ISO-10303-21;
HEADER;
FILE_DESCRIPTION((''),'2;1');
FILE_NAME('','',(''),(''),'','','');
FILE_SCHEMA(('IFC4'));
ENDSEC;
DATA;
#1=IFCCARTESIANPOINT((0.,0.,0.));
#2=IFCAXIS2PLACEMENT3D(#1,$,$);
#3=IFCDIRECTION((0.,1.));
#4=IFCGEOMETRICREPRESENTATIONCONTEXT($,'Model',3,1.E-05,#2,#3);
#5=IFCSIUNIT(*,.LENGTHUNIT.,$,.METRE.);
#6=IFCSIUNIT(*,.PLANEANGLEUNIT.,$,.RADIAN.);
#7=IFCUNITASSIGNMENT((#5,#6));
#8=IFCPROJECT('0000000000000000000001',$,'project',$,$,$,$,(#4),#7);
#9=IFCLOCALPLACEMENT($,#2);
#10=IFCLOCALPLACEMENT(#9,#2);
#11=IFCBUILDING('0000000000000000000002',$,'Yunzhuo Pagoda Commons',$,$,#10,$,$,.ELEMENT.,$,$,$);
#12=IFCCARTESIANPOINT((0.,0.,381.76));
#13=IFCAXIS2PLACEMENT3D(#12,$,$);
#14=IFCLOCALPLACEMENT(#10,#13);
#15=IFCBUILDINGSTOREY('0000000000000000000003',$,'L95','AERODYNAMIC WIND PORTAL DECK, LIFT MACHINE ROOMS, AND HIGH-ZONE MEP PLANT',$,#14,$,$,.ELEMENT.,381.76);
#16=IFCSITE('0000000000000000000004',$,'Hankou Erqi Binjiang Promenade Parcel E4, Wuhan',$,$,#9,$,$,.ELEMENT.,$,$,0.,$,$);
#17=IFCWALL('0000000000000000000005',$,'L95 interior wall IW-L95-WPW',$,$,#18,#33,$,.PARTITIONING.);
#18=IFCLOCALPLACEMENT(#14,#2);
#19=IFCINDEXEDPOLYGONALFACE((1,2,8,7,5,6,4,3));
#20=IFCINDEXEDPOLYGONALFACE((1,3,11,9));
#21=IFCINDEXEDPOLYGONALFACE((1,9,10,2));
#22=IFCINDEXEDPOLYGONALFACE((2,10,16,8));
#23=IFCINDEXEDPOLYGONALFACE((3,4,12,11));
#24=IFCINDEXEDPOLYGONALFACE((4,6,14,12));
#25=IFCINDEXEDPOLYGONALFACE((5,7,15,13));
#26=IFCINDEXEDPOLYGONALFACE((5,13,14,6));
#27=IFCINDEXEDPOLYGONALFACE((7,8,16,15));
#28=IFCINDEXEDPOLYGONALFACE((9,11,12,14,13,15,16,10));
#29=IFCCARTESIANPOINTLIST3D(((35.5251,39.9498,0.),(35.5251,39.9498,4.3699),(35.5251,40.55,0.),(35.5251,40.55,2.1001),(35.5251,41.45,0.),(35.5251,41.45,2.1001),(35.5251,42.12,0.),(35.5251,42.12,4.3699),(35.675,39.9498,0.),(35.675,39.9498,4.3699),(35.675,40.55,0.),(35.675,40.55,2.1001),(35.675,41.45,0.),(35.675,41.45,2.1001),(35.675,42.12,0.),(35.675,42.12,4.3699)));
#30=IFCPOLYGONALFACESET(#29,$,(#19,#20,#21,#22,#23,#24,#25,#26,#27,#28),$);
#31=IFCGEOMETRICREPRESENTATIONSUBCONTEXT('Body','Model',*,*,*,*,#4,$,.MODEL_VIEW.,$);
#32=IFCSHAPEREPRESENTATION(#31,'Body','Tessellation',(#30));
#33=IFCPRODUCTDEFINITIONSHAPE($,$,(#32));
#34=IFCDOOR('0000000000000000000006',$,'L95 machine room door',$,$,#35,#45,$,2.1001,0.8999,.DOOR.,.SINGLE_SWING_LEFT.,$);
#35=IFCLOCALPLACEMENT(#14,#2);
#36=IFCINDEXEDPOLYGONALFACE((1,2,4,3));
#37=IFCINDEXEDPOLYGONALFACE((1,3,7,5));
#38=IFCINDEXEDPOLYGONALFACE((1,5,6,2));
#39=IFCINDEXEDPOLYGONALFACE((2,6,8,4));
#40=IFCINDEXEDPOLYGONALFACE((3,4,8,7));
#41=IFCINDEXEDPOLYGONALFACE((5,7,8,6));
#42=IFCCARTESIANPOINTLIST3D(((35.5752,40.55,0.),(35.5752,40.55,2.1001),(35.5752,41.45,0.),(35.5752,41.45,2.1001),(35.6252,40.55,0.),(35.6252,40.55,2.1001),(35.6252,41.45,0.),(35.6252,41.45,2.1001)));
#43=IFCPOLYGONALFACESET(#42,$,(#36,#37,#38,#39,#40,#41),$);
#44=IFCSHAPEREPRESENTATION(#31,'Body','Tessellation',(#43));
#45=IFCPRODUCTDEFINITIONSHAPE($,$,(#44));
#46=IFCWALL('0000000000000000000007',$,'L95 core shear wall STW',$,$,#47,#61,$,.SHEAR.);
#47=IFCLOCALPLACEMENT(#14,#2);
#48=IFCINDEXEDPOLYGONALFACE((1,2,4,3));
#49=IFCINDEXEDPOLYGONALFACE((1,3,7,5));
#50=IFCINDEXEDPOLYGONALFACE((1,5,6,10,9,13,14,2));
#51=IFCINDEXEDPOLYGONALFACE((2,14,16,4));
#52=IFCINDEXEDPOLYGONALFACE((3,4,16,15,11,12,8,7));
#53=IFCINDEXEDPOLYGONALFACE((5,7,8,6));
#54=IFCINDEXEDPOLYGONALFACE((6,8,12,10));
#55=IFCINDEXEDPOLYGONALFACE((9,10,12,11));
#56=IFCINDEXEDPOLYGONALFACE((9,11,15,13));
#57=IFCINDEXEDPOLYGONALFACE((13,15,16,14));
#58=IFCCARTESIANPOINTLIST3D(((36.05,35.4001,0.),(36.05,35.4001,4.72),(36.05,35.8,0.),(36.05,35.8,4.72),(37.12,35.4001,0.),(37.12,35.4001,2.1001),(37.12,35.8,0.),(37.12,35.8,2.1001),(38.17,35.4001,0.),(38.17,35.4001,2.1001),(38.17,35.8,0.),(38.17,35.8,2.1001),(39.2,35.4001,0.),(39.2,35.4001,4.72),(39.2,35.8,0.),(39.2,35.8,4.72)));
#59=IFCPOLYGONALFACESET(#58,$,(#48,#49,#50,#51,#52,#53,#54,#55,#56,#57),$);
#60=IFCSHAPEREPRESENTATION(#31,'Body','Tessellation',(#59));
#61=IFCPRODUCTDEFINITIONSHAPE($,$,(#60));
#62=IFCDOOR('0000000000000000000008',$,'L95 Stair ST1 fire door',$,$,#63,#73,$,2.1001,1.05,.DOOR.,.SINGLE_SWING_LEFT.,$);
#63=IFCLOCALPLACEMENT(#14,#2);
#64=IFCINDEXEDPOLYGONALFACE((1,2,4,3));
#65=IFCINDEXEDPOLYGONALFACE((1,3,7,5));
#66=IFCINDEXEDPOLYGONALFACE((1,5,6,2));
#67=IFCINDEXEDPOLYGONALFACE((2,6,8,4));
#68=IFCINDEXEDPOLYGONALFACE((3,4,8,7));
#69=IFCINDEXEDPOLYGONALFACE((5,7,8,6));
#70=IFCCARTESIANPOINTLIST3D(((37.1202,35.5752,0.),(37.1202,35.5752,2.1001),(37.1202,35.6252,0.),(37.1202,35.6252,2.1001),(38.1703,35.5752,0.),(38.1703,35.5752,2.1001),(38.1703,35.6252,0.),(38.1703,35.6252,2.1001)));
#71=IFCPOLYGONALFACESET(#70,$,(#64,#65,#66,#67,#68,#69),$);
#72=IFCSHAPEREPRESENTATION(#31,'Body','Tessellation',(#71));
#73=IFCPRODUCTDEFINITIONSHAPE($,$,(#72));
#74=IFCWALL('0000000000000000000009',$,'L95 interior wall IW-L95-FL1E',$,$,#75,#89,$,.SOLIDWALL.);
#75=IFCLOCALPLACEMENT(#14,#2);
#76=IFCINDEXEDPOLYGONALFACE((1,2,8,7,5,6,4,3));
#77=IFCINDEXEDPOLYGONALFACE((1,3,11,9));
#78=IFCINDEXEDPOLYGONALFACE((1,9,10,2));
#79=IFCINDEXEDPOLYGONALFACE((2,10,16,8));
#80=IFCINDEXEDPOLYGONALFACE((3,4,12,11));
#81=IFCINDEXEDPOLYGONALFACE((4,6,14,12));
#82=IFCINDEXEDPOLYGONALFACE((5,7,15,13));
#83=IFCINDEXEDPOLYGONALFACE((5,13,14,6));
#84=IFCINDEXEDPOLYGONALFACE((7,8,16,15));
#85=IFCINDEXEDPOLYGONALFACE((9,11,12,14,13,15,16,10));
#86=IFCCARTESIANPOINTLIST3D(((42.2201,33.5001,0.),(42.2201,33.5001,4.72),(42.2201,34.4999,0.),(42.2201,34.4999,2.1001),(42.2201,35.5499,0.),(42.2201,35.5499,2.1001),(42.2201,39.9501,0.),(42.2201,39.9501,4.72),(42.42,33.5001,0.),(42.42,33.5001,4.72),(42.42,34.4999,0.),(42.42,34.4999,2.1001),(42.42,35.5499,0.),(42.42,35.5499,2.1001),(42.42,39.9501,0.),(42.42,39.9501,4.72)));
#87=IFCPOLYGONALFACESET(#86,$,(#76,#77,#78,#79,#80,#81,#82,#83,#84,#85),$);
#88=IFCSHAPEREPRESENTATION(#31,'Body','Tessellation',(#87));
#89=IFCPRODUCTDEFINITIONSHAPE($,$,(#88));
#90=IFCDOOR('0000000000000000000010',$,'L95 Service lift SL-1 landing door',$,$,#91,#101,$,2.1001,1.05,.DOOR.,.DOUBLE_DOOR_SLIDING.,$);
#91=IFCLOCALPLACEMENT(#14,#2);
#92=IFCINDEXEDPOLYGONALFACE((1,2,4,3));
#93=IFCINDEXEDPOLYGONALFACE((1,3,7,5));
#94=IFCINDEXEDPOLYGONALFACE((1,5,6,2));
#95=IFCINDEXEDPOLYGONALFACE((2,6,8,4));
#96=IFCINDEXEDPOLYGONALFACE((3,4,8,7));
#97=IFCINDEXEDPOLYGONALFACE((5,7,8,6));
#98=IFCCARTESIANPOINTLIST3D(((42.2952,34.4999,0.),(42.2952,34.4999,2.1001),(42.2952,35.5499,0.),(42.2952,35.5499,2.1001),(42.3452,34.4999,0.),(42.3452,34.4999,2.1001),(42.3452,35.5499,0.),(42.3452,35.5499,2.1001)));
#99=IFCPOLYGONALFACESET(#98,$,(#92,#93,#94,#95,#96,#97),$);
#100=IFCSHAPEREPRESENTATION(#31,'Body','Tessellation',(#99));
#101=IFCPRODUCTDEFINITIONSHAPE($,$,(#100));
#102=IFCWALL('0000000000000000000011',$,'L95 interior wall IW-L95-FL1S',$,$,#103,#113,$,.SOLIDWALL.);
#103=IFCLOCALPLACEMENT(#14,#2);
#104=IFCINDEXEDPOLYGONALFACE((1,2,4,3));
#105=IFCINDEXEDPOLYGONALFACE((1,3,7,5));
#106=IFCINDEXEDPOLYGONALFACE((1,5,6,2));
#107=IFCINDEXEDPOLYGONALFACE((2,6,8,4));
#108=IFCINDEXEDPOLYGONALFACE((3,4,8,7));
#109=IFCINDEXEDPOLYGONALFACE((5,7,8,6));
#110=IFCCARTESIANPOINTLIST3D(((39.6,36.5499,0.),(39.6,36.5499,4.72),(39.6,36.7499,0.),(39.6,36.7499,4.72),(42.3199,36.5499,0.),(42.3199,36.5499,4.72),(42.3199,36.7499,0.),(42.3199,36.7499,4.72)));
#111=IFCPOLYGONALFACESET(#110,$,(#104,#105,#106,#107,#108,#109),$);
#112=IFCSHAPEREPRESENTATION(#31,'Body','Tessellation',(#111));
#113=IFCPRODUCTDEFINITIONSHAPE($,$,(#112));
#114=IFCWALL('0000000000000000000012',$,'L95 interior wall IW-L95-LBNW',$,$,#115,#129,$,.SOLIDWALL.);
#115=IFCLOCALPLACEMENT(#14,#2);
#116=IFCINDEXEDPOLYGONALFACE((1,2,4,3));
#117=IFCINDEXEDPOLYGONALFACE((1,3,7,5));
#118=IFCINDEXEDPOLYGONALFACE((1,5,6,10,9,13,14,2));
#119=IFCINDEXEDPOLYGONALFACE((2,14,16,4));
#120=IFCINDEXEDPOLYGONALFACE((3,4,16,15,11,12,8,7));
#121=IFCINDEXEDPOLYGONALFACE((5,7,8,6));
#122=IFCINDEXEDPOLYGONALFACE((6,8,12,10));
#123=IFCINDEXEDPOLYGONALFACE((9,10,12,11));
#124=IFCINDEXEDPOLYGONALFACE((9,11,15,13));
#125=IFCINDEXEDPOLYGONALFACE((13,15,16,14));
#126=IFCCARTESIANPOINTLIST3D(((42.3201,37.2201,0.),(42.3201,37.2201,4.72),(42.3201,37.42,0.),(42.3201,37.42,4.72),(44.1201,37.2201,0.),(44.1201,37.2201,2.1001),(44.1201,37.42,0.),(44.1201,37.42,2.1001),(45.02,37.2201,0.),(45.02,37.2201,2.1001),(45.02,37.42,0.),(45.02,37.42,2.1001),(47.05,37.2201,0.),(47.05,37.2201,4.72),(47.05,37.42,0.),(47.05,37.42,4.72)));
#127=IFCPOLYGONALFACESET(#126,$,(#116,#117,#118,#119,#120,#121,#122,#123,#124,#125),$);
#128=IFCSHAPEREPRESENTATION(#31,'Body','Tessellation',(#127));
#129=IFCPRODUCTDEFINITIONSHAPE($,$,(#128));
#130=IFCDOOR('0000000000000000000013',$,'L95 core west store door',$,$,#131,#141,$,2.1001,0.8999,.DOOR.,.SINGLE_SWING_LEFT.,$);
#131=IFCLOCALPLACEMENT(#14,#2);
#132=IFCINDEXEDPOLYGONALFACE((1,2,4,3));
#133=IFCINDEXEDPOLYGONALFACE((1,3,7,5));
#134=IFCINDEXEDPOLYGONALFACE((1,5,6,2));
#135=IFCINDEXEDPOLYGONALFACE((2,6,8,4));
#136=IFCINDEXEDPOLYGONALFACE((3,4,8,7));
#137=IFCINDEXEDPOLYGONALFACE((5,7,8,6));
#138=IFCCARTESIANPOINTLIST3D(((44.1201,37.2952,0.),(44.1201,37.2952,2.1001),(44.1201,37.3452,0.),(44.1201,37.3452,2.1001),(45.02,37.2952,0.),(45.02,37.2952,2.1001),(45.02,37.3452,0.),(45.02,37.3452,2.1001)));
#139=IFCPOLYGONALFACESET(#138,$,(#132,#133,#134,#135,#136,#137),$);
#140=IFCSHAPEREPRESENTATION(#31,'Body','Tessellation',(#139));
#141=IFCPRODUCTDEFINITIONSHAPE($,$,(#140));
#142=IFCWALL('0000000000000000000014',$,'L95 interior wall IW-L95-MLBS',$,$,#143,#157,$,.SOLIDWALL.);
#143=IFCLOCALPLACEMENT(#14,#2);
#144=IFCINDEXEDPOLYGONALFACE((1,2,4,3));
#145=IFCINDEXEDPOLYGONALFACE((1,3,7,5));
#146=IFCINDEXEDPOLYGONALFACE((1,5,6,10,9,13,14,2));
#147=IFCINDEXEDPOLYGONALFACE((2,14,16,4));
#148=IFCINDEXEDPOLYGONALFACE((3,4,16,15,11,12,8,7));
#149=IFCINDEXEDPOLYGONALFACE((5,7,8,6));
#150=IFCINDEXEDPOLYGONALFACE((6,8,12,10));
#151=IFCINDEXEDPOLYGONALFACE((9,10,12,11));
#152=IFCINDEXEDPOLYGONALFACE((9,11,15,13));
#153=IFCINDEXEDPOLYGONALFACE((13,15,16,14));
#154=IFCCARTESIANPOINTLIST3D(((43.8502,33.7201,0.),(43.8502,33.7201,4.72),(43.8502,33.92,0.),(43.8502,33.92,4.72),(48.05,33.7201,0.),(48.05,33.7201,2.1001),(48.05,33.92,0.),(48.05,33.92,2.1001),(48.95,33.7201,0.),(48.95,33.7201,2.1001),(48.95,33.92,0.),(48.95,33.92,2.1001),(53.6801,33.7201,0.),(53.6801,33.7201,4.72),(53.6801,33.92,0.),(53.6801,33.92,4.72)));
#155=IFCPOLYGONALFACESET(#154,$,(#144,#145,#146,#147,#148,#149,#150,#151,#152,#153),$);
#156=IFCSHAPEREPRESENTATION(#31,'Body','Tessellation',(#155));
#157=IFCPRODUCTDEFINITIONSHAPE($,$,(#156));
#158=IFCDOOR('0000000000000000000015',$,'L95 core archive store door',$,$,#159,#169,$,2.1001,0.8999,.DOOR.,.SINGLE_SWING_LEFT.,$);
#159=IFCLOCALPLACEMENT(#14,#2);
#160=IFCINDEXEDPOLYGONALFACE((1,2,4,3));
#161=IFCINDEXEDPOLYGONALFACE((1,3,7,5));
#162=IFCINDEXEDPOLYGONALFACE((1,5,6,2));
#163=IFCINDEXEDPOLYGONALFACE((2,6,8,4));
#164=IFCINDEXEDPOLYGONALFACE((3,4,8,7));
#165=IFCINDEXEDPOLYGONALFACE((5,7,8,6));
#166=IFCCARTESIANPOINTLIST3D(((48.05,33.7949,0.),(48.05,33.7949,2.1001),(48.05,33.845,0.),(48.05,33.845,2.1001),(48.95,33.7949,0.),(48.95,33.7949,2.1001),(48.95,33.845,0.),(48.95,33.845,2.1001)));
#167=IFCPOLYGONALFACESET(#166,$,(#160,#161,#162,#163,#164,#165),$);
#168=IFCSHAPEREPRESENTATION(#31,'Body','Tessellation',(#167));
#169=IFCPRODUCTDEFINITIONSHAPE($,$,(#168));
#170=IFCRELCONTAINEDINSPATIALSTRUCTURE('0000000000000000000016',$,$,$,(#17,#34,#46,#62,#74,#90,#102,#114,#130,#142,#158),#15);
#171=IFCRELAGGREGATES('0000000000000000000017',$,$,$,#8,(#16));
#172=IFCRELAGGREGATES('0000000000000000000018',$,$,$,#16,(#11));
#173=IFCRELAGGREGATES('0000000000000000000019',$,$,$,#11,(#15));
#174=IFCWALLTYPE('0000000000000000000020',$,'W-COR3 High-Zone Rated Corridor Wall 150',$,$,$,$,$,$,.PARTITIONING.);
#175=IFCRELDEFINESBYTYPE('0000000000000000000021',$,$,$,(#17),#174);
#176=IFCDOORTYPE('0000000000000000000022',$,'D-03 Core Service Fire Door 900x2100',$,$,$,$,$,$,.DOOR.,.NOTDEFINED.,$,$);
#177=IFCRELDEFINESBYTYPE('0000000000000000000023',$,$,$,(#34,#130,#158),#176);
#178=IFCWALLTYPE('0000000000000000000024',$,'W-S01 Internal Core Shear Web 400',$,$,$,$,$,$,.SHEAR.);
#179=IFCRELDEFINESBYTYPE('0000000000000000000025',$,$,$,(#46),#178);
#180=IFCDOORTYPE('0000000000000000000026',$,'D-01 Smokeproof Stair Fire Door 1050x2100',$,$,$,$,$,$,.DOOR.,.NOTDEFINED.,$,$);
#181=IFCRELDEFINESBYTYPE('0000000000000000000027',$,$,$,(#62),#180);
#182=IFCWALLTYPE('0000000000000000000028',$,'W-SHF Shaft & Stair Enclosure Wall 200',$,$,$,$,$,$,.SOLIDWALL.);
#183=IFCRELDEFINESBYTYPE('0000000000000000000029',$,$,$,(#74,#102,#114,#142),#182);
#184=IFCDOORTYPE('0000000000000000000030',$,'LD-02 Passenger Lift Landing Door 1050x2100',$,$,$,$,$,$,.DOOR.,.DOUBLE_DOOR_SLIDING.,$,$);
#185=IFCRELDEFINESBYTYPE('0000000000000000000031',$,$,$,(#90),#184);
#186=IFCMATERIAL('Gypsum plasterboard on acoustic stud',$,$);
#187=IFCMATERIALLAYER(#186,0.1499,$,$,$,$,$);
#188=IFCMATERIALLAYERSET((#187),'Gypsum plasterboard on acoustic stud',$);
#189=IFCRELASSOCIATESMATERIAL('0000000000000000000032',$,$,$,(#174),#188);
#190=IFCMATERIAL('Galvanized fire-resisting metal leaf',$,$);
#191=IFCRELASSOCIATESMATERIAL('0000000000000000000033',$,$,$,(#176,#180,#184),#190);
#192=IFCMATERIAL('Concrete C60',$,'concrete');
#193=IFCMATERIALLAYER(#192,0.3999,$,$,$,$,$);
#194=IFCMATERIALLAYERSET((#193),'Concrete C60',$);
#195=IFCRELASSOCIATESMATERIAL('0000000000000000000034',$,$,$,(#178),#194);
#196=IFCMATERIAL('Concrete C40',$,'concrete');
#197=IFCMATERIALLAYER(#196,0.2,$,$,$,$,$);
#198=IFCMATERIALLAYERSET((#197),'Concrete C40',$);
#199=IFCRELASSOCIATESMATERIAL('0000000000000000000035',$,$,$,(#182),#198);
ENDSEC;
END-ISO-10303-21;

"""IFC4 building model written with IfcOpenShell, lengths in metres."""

from ifc_helpers import new_model, si_unit, direction, frame, frame_2d, origin, origin_with_axes, place, context, subcontext, project, spatial, rectangle, extrude, source, transform, mapped, material, layer, layer_set, type_object, element, fill, save


model = new_model("IFC4")

# Units and contexts
model_context = context("Model", 3, precision=1e-05, world=origin(), true_north=direction((0.0, 1.0)))
body_context = subcontext(model_context, "Body", "Model", "MODEL_VIEW")
ifc_project = project(units=[si_unit("LENGTHUNIT", "METRE"), si_unit("PLANEANGLEUNIT", "RADIAN")], contexts=[model_context])

# Site, building, storey
site_placement = place(None, origin())
site = spatial("IfcSite", under=ifc_project, at=site_placement, Name="Hankou Erqi Binjiang Promenade Parcel E4, Wuhan", CompositionType="ELEMENT", RefElevation=0.0)
building_placement = place(site_placement, origin())
building = spatial("IfcBuilding", under=site, at=building_placement, Name="Yunzhuo Pagoda Commons", CompositionType="ELEMENT")
storey_placement = place(building_placement, frame((0.0, 0.0, 381.76)))
storey = spatial("IfcBuildingStorey", under=building, at=storey_placement, Name="L95", Description="AERODYNAMIC WIND PORTAL DECK, LIFT MACHINE ROOMS, AND HIGH-ZONE MEP PLANT", CompositionType="ELEMENT", Elevation=381.76)

# Walls, openings, doors
ifc_material_1 = material(Name="Galvanized fire-resisting metal leaf")
shared_shape_1 = source(origin(), body_context, "Body", "SweptSolid", [
    extrude(rectangle(XDim=1.05, YDim=2.1001, at=frame_2d((0.5249, 1.05))), frame((0.0, 0.0249, 0.0), z_axis=(0.0, -1.0, 0.0), x_axis=(1.0, 0.0, 0.0)), (0.0, 0.0, 1.0), 0.05),
])
ifc_material_2 = material(Name="Gypsum plasterboard on acoustic stud")
ifc_layer_1 = layer(ifc_material_2, 0.1499)
ifc_layer_set_1 = layer_set([ifc_layer_1], Name="Gypsum plasterboard on acoustic stud")
wall_type_1 = type_object("IfcWallType", Name="W-COR3 High-Zone Rated Corridor Wall 150", PredefinedType="PARTITIONING", material=ifc_layer_set_1)
wall_1_placement = place(storey_placement, frame((35.6001, 39.95, 0.0), z_axis=(0.0, 0.0, 1.0), x_axis=(0.0, 1.0, 0.0)))
wall_1 = element("IfcWall", 1, at=wall_1_placement, inside=storey, type_object=wall_type_1, Name="L95 interior wall IW-L95-WPW", PredefinedType="PARTITIONING", context=body_context, shape_type="SweptSolid", body=[
    extrude(rectangle(XDim=2.1702, YDim=0.1499, at=frame_2d((1.085, 0.0))), origin(), (0.0, 0.0, 1.0), 4.3699),
])
opening_1_placement = place(wall_1_placement, frame((0.6001, 0.0, 0.0)))
opening_1 = element("IfcOpeningElement", 2, at=opening_1_placement, cuts=wall_1, PredefinedType="OPENING", context=body_context, shape_type="SweptSolid", body=[
    extrude(rectangle(XDim=0.8999, YDim=2.1001, at=frame_2d((0.45, 1.05))), frame((0.0, 0.085, 0.0), z_axis=(0.0, -1.0, 0.0), x_axis=(1.0, 0.0, 0.0)), (0.0, 0.0, 1.0), 0.1699),
])
door_type_1 = type_object("IfcDoorType", Name="D-03 Core Service Fire Door 900x2100", OperationType="NOTDEFINED", PredefinedType="DOOR", material=ifc_material_1)
shared_shape_2 = source(origin(), body_context, "Body", "SweptSolid", [
    extrude(rectangle(XDim=0.8999, YDim=2.1001, at=frame_2d((0.45, 1.05))), frame((0.0, 0.0249, 0.0), z_axis=(0.0, -1.0, 0.0), x_axis=(1.0, 0.0, 0.0)), (0.0, 0.0, 1.0), 0.05),
])
door_1_placement = place(opening_1_placement, origin_with_axes())
door_1 = element("IfcDoor", 3, at=door_1_placement, inside=storey, type_object=door_type_1, Name="L95 machine room door", OperationType="SINGLE_SWING_LEFT", OverallHeight=2.1001, OverallWidth=0.8999, PredefinedType="DOOR", context=body_context, shape_type="MappedRepresentation", body=[
    mapped(shared_shape_2, transform((0.0, 0.0, 0.0), scale=1.0)),
])
fill(opening_1, door_1)
ifc_material_3 = material(Name="Concrete C60", Category="concrete")
ifc_layer_2 = layer(ifc_material_3, 0.3999)
ifc_layer_set_2 = layer_set([ifc_layer_2], Name="Concrete C60")
wall_type_2 = type_object("IfcWallType", Name="W-S01 Internal Core Shear Web 400", PredefinedType="SHEAR", material=ifc_layer_set_2)
wall_2_placement = place(storey_placement, frame((36.05, 35.6001, 0.0), z_axis=(0.0, 0.0, 1.0), x_axis=(1.0, 0.0, 0.0)))
wall_2 = element("IfcWall", 4, at=wall_2_placement, inside=storey, type_object=wall_type_2, Name="L95 core shear wall STW", PredefinedType="SHEAR", context=body_context, shape_type="SweptSolid", body=[
    extrude(rectangle(XDim=3.1499, YDim=0.3999, at=frame_2d((1.575, 0.0))), origin(), (0.0, 0.0, 1.0), 4.72),
])
opening_2_placement = place(wall_2_placement, frame((1.0701, 0.0, 0.0)))
opening_2 = element("IfcOpeningElement", 5, at=opening_2_placement, cuts=wall_2, PredefinedType="OPENING", context=body_context, shape_type="SweptSolid", body=[
    extrude(rectangle(XDim=1.05, YDim=2.1001, at=frame_2d((0.5249, 1.05))), frame((0.0, 0.21, 0.0), z_axis=(0.0, -1.0, 0.0), x_axis=(1.0, 0.0, 0.0)), (0.0, 0.0, 1.0), 0.4199),
])
door_type_2 = type_object("IfcDoorType", Name="D-01 Smokeproof Stair Fire Door 1050x2100", OperationType="NOTDEFINED", PredefinedType="DOOR", material=ifc_material_1)
door_2_placement = place(opening_2_placement, frame((1.05, 0.0, 0.0), z_axis=(0.0, 0.0, 1.0), x_axis=(-1.0, 0.0, 0.0)))
door_2 = element("IfcDoor", 6, at=door_2_placement, inside=storey, type_object=door_type_2, Name="L95 Stair ST1 fire door", OperationType="SINGLE_SWING_LEFT", OverallHeight=2.1001, OverallWidth=1.05, PredefinedType="DOOR", context=body_context, shape_type="MappedRepresentation", body=[
    mapped(shared_shape_1, transform((0.0, 0.0, 0.0), scale=1.0)),
])
fill(opening_2, door_2)
ifc_material_4 = material(Name="Concrete C40", Category="concrete")
ifc_layer_3 = layer(ifc_material_4, 0.2)
ifc_layer_set_3 = layer_set([ifc_layer_3], Name="Concrete C40")
wall_type_3 = type_object("IfcWallType", Name="W-SHF Shaft & Stair Enclosure Wall 200", PredefinedType="SOLIDWALL", material=ifc_layer_set_3)
wall_3_placement = place(storey_placement, frame((42.3201, 33.5, 0.0), z_axis=(0.0, 0.0, 1.0), x_axis=(0.0, 1.0, 0.0)))
wall_3 = element("IfcWall", 7, at=wall_3_placement, inside=storey, type_object=wall_type_3, Name="L95 interior wall IW-L95-FL1E", PredefinedType="SOLIDWALL", context=body_context, shape_type="SweptSolid", body=[
    extrude(rectangle(XDim=6.45, YDim=0.2, at=frame_2d((3.2251, 0.0))), origin(), (0.0, 0.0, 1.0), 4.72),
])
opening_3_placement = place(wall_3_placement, frame((1.0, 0.0, 0.0)))
opening_3 = element("IfcOpeningElement", 8, at=opening_3_placement, cuts=wall_3, PredefinedType="OPENING", context=body_context, shape_type="SweptSolid", body=[
    extrude(rectangle(XDim=1.05, YDim=2.1001, at=frame_2d((0.5249, 1.05))), frame((0.0, 0.1099, 0.0), z_axis=(0.0, -1.0, 0.0), x_axis=(1.0, 0.0, 0.0)), (0.0, 0.0, 1.0), 0.22),
])
door_type_3 = type_object("IfcDoorType", Name="LD-02 Passenger Lift Landing Door 1050x2100", OperationType="DOUBLE_DOOR_SLIDING", PredefinedType="DOOR", material=ifc_material_1)
door_3_placement = place(opening_3_placement, origin_with_axes())
door_3 = element("IfcDoor", 9, at=door_3_placement, inside=storey, type_object=door_type_3, Name="L95 Service lift SL-1 landing door", OperationType="DOUBLE_DOOR_SLIDING", OverallHeight=2.1001, OverallWidth=1.05, PredefinedType="DOOR", context=body_context, shape_type="MappedRepresentation", body=[
    mapped(shared_shape_1, transform((0.0, 0.0, 0.0), scale=1.0)),
])
fill(opening_3, door_3)

# Wall
wall_4_placement = place(storey_placement, frame((39.6001, 36.6499, 0.0), z_axis=(0.0, 0.0, 1.0), x_axis=(1.0, 0.0, 0.0)))
element("IfcWall", 10, at=wall_4_placement, inside=storey, type_object=wall_type_3, Name="L95 interior wall IW-L95-FL1S", PredefinedType="SOLIDWALL", context=body_context, shape_type="SweptSolid", body=[
    extrude(rectangle(XDim=2.72, YDim=0.2, at=frame_2d((1.3599, 0.0))), origin(), (0.0, 0.0, 1.0), 4.72),
])

# Walls, openings, doors
wall_5_placement = place(storey_placement, frame((42.3201, 37.3201, 0.0), z_axis=(0.0, 0.0, 1.0), x_axis=(1.0, 0.0, 0.0)))
wall_5 = element("IfcWall", 11, at=wall_5_placement, inside=storey, type_object=wall_type_3, Name="L95 interior wall IW-L95-LBNW", PredefinedType="SOLIDWALL", context=body_context, shape_type="SweptSolid", body=[
    extrude(rectangle(XDim=4.73, YDim=0.2, at=frame_2d((2.365, 0.0))), origin(), (0.0, 0.0, 1.0), 4.72),
])
opening_4_placement = place(wall_5_placement, frame((1.8, 0.0, 0.0)))
opening_4 = element("IfcOpeningElement", 12, at=opening_4_placement, cuts=wall_5, PredefinedType="OPENING", context=body_context, shape_type="SweptSolid", body=[
    extrude(rectangle(XDim=0.8999, YDim=2.1001, at=frame_2d((0.45, 1.05))), frame((0.0, 0.1099, 0.0), z_axis=(0.0, -1.0, 0.0), x_axis=(1.0, 0.0, 0.0)), (0.0, 0.0, 1.0), 0.22),
])
door_4_placement = place(opening_4_placement, frame((0.8999, 0.0, 0.0), z_axis=(0.0, 0.0, 1.0), x_axis=(-1.0, 0.0, 0.0)))
door_4 = element("IfcDoor", 13, at=door_4_placement, inside=storey, type_object=door_type_1, Name="L95 core west store door", OperationType="SINGLE_SWING_LEFT", OverallHeight=2.1001, OverallWidth=0.8999, PredefinedType="DOOR", context=body_context, shape_type="MappedRepresentation", body=[
    mapped(shared_shape_2, transform((0.0, 0.0, 0.0), scale=1.0)),
])
fill(opening_4, door_4)
wall_6_placement = place(storey_placement, frame((43.8501, 33.8201, 0.0), z_axis=(0.0, 0.0, 1.0), x_axis=(1.0, 0.0, 0.0)))
wall_6 = element("IfcWall", 14, at=wall_6_placement, inside=storey, type_object=wall_type_3, Name="L95 interior wall IW-L95-MLBS", PredefinedType="SOLIDWALL", context=body_context, shape_type="SweptSolid", body=[
    extrude(rectangle(XDim=9.8298, YDim=0.2, at=frame_2d((4.915, 0.0))), origin(), (0.0, 0.0, 1.0), 4.72),
])
opening_5_placement = place(wall_6_placement, frame((4.2, 0.0, 0.0)))
opening_5 = element("IfcOpeningElement", 15, at=opening_5_placement, cuts=wall_6, PredefinedType="OPENING", context=body_context, shape_type="SweptSolid", body=[
    extrude(rectangle(XDim=0.8999, YDim=2.1001, at=frame_2d((0.45, 1.05))), frame((0.0, 0.1099, 0.0), z_axis=(0.0, -1.0, 0.0), x_axis=(1.0, 0.0, 0.0)), (0.0, 0.0, 1.0), 0.22),
])
door_5_placement = place(opening_5_placement, origin_with_axes())
door_5 = element("IfcDoor", 16, at=door_5_placement, inside=storey, type_object=door_type_1, Name="L95 core archive store door", OperationType="SINGLE_SWING_LEFT", OverallHeight=2.1001, OverallWidth=0.8999, PredefinedType="DOOR", context=body_context, shape_type="MappedRepresentation", body=[
    mapped(shared_shape_2, transform((0.0, 0.0, 0.0), scale=1.0)),
])
fill(opening_5, door_5)

save(model, "model.ifc")
